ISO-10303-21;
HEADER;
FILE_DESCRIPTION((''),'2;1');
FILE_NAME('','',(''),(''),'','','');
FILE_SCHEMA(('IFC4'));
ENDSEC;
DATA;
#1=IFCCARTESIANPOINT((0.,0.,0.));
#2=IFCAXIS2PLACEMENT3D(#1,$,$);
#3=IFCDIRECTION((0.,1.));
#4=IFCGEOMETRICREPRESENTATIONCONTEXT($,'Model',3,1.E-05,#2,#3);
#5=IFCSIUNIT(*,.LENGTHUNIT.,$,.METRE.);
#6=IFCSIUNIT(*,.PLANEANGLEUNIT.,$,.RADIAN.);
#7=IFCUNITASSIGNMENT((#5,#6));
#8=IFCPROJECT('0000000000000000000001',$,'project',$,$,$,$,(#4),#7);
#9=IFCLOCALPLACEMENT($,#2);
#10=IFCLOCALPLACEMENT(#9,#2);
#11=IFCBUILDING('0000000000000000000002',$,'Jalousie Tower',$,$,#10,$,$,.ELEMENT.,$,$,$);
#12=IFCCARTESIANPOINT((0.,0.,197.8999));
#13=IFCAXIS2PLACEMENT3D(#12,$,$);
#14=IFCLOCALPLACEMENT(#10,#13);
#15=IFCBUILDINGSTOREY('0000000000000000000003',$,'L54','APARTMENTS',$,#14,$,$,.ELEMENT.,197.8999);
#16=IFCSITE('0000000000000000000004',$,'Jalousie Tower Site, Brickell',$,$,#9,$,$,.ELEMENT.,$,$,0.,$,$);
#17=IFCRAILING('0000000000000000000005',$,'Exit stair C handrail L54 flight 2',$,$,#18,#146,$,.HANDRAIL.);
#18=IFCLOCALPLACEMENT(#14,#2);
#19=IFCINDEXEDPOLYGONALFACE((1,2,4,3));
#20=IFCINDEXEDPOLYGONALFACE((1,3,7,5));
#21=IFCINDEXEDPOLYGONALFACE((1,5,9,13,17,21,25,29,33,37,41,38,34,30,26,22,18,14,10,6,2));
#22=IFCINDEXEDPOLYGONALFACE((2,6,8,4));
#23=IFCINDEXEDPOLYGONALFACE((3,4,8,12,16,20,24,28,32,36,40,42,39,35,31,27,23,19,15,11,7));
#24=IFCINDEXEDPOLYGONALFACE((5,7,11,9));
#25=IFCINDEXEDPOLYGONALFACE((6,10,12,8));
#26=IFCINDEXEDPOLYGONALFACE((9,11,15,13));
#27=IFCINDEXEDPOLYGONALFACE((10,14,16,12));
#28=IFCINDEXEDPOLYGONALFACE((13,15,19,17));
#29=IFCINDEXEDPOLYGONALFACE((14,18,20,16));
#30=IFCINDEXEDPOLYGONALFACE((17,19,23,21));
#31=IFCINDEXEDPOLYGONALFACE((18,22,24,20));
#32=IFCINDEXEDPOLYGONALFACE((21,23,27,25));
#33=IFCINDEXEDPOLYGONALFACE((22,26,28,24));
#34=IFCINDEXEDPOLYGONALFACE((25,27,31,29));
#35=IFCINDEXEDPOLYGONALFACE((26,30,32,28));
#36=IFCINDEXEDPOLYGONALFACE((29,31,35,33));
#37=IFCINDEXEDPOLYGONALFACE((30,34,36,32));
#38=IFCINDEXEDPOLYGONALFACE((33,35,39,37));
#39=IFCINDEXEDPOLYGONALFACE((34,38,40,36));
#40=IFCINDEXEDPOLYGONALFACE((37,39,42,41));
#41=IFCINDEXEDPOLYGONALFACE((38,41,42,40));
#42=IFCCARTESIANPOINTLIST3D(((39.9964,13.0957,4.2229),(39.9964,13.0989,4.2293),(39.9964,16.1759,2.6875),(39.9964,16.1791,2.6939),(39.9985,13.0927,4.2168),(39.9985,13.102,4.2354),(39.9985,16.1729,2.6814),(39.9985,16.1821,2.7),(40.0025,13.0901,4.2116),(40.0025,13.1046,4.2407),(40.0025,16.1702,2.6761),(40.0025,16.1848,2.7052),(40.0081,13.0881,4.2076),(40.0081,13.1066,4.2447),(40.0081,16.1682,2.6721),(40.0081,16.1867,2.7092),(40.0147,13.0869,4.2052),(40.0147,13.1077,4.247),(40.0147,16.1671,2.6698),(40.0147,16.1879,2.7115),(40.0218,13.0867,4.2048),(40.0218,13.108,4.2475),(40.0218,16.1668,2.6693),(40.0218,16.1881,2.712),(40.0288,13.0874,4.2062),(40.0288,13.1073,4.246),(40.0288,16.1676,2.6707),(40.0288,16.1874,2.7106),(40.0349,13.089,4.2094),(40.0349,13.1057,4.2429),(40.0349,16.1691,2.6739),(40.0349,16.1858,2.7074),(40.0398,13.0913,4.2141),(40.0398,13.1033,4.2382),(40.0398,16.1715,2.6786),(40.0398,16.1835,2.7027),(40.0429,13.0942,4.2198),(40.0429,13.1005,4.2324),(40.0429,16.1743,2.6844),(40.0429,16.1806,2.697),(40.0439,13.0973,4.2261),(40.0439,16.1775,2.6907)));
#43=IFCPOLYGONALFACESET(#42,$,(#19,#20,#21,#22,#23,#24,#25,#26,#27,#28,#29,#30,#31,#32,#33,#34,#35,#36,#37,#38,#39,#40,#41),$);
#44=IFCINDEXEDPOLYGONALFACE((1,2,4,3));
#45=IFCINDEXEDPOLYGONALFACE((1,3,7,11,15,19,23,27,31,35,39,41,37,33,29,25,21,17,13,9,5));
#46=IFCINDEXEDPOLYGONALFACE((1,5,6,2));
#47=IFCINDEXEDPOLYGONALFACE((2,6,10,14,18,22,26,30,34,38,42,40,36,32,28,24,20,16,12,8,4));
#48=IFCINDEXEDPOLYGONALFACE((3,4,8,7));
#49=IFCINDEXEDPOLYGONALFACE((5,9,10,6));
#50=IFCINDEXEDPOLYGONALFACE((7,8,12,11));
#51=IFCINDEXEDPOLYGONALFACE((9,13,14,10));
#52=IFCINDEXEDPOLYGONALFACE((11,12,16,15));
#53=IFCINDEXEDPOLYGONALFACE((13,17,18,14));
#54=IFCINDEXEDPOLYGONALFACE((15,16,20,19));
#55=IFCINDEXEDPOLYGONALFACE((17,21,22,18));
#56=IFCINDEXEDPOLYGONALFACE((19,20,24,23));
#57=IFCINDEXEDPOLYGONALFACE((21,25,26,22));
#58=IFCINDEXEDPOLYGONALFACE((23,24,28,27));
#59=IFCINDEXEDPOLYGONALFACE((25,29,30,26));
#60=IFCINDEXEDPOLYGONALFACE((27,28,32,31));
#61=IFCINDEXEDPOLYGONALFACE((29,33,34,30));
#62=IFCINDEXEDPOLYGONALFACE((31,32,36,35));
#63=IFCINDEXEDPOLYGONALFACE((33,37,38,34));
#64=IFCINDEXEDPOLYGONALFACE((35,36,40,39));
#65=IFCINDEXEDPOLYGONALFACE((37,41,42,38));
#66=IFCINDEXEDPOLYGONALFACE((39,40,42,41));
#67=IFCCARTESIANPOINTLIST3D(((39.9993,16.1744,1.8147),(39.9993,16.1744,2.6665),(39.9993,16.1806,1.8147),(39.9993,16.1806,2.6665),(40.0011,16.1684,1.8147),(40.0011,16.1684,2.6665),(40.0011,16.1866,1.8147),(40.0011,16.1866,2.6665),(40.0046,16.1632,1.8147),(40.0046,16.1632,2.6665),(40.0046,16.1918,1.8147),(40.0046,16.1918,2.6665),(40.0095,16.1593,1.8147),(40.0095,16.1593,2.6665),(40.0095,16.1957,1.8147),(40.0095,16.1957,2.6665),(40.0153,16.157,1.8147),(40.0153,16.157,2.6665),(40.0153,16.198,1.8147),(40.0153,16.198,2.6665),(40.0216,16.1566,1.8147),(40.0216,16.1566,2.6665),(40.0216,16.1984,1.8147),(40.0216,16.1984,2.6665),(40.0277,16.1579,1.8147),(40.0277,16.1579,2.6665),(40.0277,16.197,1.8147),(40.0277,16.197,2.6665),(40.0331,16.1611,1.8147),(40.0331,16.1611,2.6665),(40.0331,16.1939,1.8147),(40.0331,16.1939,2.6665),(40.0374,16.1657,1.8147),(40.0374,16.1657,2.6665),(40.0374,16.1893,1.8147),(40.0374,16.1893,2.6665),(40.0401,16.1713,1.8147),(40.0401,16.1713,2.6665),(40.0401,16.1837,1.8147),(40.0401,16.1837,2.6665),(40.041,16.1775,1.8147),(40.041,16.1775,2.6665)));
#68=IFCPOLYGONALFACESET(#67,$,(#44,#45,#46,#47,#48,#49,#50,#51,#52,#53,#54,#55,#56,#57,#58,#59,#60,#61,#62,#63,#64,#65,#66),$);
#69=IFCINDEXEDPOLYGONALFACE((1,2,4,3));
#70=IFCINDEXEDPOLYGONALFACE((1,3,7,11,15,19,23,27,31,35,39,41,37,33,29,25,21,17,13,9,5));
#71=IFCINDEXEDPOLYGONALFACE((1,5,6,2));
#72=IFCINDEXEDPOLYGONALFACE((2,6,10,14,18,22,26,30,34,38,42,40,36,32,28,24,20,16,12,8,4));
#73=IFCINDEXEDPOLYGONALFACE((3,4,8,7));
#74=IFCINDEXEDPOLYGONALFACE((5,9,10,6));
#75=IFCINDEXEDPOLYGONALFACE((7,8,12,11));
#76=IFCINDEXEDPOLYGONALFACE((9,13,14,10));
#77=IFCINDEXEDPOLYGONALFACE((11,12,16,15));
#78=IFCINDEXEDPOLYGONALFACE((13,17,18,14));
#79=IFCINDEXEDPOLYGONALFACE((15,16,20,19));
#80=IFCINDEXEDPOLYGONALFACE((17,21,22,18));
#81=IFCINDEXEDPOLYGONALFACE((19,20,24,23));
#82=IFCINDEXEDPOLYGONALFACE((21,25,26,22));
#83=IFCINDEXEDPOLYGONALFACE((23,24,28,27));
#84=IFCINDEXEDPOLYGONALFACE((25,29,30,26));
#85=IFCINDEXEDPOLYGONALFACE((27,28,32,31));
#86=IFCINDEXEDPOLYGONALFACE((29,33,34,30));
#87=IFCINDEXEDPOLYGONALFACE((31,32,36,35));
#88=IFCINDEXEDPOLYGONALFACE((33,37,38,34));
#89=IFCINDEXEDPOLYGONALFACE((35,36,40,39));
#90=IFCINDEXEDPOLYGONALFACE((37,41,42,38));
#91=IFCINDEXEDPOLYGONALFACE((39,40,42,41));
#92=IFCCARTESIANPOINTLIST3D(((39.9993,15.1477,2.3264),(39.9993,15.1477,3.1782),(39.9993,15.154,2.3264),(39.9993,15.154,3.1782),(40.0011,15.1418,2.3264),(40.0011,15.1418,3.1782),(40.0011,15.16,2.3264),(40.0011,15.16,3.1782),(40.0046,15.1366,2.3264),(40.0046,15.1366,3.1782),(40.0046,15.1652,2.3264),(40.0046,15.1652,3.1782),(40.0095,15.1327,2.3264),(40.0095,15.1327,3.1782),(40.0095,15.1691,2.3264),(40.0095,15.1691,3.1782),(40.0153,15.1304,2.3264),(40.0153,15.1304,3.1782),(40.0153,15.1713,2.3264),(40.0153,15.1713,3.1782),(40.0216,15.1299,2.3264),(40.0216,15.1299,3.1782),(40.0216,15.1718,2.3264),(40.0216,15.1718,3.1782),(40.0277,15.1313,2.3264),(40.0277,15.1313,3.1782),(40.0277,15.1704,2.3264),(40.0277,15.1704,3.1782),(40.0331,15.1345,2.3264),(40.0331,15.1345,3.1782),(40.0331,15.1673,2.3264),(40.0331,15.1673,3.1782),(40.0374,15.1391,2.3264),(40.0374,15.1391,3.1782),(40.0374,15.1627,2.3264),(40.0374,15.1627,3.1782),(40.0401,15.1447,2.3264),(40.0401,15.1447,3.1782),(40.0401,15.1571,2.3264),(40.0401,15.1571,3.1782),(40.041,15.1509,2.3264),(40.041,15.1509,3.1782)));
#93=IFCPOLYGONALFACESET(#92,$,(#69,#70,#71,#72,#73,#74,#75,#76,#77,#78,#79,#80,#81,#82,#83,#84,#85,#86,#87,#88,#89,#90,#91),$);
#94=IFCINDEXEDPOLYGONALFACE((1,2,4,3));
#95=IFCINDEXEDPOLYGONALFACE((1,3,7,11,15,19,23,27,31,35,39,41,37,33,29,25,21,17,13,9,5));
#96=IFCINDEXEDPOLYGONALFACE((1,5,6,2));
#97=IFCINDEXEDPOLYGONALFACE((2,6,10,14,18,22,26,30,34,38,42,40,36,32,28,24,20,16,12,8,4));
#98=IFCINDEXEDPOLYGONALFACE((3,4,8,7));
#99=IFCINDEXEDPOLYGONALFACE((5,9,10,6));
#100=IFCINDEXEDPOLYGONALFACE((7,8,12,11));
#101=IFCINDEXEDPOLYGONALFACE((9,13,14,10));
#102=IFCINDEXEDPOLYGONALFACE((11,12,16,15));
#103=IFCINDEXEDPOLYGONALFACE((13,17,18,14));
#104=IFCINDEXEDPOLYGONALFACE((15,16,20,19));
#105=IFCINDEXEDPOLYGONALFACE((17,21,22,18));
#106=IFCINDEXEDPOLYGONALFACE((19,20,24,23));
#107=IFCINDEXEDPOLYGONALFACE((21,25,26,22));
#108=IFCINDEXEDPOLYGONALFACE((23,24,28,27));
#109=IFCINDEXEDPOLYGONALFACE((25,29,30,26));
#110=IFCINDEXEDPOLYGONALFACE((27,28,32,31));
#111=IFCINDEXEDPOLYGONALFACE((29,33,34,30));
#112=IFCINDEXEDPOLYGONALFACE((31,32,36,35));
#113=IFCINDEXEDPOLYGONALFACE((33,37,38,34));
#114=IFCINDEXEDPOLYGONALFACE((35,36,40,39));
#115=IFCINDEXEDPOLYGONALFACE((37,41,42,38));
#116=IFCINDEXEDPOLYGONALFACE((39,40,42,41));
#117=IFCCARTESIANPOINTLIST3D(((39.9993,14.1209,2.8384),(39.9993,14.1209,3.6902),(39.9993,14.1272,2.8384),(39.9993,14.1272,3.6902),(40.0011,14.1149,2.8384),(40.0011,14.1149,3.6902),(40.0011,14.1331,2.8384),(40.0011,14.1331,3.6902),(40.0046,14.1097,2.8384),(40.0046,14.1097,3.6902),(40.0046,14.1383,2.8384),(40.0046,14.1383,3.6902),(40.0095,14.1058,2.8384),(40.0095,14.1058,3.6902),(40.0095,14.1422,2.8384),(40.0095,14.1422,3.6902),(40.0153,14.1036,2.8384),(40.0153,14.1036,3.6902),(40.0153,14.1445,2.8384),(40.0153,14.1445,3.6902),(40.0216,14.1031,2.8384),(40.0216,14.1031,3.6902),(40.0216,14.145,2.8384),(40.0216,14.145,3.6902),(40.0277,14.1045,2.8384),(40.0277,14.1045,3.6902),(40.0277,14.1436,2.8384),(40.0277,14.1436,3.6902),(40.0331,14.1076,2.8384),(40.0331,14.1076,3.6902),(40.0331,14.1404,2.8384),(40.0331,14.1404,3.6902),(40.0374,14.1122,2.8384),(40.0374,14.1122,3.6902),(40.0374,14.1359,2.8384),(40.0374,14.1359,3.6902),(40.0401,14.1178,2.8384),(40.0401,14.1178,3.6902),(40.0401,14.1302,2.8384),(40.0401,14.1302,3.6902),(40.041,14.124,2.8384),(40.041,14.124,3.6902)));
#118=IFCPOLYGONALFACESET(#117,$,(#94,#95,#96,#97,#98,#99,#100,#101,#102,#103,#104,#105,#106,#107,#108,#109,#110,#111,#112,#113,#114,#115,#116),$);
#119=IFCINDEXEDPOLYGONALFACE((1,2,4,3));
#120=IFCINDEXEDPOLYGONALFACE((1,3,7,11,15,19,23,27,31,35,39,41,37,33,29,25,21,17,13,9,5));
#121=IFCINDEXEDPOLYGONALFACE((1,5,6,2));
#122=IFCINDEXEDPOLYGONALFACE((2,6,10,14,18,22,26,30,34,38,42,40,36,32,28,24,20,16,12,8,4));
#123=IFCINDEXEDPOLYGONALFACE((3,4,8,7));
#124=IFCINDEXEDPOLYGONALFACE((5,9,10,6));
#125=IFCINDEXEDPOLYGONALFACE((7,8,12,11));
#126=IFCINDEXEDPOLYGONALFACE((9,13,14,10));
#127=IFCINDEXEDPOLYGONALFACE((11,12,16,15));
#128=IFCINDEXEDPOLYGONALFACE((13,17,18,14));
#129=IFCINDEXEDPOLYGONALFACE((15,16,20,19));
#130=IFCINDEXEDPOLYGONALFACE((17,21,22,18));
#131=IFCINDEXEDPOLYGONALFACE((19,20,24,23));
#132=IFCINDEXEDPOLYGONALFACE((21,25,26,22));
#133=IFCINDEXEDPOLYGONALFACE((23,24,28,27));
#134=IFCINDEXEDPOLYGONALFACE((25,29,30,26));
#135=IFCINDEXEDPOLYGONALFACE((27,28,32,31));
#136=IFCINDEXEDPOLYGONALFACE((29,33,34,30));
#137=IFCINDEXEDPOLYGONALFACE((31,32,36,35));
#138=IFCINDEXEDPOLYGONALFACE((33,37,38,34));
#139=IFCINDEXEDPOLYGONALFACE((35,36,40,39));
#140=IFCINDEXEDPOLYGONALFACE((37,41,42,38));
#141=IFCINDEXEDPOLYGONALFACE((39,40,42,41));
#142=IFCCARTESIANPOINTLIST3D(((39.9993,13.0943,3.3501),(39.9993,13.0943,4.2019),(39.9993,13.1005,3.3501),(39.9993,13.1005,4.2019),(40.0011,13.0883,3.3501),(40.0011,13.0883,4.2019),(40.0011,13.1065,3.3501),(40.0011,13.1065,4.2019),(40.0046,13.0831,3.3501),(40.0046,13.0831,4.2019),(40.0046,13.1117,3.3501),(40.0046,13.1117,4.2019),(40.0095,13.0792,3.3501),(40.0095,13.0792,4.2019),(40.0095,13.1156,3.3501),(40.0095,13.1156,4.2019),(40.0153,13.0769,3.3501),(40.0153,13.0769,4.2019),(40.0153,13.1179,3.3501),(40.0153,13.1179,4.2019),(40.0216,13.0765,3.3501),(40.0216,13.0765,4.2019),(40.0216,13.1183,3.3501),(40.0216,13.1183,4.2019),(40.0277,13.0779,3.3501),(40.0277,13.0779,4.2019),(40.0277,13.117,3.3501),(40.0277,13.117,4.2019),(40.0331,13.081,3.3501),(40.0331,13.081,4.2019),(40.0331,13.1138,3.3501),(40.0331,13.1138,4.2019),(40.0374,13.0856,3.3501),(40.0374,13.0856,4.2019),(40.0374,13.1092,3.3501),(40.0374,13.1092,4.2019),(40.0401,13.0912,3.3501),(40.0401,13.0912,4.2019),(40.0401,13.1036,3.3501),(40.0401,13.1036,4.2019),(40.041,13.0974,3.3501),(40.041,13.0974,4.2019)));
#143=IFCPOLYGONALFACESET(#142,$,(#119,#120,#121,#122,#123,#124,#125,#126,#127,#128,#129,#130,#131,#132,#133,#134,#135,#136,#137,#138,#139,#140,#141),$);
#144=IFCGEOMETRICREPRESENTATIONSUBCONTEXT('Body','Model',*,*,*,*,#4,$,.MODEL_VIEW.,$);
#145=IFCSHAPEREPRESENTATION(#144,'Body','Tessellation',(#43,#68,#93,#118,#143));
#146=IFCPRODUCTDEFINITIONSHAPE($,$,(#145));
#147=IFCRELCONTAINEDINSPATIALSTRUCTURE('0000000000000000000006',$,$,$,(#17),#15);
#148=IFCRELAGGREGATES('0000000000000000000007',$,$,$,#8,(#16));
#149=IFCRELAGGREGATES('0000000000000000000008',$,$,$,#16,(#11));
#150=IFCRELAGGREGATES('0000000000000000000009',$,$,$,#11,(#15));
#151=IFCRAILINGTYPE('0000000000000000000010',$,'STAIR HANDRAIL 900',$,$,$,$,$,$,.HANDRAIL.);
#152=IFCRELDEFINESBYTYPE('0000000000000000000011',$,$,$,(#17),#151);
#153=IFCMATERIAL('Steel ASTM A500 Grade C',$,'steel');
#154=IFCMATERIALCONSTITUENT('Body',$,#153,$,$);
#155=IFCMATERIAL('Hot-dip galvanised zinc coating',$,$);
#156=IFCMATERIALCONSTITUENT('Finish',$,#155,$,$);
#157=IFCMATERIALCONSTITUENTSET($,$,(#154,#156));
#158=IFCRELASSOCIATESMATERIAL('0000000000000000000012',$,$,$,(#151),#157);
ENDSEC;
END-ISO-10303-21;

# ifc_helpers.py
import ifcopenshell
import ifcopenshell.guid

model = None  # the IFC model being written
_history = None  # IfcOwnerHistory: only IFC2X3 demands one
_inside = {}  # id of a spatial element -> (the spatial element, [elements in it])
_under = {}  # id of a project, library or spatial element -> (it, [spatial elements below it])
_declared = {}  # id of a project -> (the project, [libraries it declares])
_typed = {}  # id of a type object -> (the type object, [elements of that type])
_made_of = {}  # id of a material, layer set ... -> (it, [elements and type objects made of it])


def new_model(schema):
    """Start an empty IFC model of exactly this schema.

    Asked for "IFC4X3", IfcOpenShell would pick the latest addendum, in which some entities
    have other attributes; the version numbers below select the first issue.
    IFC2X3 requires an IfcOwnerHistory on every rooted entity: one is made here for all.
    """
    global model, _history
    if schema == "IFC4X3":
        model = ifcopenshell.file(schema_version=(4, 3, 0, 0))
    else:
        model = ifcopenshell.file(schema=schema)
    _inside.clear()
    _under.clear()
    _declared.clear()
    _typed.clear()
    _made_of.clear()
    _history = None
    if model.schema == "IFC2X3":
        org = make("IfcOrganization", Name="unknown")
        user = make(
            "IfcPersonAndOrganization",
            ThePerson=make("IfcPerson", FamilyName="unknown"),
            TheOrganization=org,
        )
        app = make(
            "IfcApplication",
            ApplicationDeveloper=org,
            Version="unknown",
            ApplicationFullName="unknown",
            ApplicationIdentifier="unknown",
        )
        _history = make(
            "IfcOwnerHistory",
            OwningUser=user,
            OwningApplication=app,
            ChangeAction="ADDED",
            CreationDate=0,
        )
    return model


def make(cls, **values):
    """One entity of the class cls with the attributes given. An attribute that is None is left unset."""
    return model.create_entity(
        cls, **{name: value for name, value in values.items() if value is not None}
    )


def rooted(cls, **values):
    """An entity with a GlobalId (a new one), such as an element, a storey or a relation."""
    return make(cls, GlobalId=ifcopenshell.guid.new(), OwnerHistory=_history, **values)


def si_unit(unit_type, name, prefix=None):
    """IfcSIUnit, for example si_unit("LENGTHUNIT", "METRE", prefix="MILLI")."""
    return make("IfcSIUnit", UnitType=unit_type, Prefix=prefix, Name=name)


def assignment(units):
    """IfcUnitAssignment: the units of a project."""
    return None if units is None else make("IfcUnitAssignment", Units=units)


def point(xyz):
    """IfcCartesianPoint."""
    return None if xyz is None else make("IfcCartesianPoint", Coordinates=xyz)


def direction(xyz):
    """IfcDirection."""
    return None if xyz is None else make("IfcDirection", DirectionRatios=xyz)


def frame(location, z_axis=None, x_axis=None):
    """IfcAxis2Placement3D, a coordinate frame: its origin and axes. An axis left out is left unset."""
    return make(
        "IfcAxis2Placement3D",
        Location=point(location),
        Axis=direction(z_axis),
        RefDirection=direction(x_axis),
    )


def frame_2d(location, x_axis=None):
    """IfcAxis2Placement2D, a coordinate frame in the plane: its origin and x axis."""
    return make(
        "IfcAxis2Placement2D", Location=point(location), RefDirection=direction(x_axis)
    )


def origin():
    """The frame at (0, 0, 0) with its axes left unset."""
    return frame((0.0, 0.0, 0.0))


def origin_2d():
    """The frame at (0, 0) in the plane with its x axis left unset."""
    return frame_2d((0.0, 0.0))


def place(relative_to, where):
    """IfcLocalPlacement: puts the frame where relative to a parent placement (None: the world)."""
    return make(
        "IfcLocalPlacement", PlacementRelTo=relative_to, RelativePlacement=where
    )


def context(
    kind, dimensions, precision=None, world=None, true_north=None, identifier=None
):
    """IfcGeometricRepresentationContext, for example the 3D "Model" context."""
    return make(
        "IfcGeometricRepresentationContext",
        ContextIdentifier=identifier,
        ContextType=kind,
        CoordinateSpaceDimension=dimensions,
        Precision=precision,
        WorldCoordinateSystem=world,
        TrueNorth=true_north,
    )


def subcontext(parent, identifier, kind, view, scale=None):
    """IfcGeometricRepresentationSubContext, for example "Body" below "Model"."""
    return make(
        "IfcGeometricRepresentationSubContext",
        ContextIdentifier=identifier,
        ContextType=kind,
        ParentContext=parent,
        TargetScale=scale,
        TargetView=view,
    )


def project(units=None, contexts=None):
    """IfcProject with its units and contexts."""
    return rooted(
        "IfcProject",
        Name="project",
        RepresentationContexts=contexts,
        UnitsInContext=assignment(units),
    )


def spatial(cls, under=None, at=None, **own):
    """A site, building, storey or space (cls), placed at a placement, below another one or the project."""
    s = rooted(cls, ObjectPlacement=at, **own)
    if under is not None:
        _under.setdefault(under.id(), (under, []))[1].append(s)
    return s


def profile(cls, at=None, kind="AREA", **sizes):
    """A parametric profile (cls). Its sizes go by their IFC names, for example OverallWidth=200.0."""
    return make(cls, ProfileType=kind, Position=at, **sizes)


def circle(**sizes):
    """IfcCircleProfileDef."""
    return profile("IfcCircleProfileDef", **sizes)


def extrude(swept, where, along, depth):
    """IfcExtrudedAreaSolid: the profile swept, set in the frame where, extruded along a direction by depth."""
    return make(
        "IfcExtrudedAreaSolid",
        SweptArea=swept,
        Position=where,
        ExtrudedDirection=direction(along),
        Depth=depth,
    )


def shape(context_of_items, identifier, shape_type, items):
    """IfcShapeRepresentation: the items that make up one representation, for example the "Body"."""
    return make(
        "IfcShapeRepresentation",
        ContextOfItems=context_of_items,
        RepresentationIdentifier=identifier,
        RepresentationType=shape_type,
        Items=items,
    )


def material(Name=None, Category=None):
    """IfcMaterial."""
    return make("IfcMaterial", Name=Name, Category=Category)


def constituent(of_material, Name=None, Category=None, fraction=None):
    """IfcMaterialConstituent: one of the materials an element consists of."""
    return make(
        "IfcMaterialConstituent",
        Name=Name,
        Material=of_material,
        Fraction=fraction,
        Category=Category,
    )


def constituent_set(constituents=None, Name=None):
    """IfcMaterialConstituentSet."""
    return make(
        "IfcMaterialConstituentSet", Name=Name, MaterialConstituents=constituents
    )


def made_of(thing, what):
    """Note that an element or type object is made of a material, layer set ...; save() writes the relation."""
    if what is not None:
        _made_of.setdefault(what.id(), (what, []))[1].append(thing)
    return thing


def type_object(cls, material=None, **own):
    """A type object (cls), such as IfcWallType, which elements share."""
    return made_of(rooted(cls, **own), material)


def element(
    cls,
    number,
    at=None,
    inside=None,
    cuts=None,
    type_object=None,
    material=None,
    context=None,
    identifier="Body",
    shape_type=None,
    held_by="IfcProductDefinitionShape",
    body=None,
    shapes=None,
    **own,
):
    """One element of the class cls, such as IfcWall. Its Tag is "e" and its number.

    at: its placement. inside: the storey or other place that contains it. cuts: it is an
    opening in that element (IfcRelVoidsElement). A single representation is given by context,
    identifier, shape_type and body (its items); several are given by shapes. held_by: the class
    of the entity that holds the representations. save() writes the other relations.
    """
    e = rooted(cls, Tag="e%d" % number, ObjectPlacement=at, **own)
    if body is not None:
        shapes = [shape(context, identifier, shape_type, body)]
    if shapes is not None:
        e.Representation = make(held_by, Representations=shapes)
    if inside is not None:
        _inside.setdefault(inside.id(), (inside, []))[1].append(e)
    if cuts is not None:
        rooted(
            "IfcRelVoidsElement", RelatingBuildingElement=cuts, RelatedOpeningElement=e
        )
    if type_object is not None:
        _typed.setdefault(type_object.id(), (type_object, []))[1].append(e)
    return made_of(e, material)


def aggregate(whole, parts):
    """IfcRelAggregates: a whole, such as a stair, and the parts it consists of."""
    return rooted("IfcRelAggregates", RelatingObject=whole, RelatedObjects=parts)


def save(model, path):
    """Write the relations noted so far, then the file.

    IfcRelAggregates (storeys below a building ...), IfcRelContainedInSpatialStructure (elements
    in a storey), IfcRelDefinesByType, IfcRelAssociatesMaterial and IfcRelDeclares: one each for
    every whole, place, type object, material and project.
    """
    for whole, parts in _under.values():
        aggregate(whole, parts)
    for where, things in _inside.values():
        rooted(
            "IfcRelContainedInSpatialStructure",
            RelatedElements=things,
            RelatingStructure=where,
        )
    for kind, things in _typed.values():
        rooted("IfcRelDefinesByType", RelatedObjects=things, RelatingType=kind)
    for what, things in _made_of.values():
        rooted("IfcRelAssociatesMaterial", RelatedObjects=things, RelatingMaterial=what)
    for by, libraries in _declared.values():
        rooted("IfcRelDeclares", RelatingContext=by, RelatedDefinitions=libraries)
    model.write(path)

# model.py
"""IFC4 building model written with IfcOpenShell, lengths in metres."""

from ifc_helpers import new_model, si_unit, direction, frame, origin, origin_2d, place, context, subcontext, project, spatial, circle, extrude, material, constituent, constituent_set, type_object, element, save


model = new_model("IFC4")

# Units and contexts
model_context = context("Model", 3, precision=1e-05, world=origin(), true_north=direction((0.0, 1.0)))
body_context = subcontext(model_context, "Body", "Model", "MODEL_VIEW")
ifc_project = project(units=[si_unit("LENGTHUNIT", "METRE"), si_unit("PLANEANGLEUNIT", "RADIAN")], contexts=[model_context])

# Site, building, storey
site_placement = place(None, origin())
site = spatial("IfcSite", under=ifc_project, at=site_placement, Name="Jalousie Tower Site, Brickell", CompositionType="ELEMENT", RefElevation=0.0)
building_placement = place(site_placement, origin())
building = spatial("IfcBuilding", under=site, at=building_placement, Name="Jalousie Tower", CompositionType="ELEMENT")
storey_placement = place(building_placement, frame((0.0, 0.0, 197.8999)))
storey = spatial("IfcBuildingStorey", under=building, at=storey_placement, Name="L54", Description="APARTMENTS", CompositionType="ELEMENT", Elevation=197.8999)

# Railing
ifc_material_1 = material(Name="Steel ASTM A500 Grade C", Category="steel")
ifc_constituent_1 = constituent(ifc_material_1, Name="Body")
ifc_material_2 = material(Name="Hot-dip galvanised zinc coating")
ifc_constituent_2 = constituent(ifc_material_2, Name="Finish")
ifc_constituent_set_1 = constituent_set(constituents=[ifc_constituent_1, ifc_constituent_2])
railing_type_1 = type_object("IfcRailingType", Name="STAIR HANDRAIL 900", PredefinedType="HANDRAIL", material=ifc_constituent_set_1)
railing_1_placement = place(storey_placement, frame((40.02, 16.1775, 1.8147)))
element("IfcRailing", 1, at=railing_1_placement, inside=storey, type_object=railing_type_1, Name="Exit stair C handrail L54 flight 2", PredefinedType="HANDRAIL", context=body_context, shape_type="SweptSolid", body=[
    extrude(circle(Radius=0.0239, at=origin_2d()), frame((0.0, 0.0, 0.876), z_axis=(0.0, -0.894966, 0.446135), x_axis=(1.0, 0.0, 0.0)), (0.0, 0.0, 1.0), 3.4417),
    extrude(circle(Radius=0.021, at=origin_2d()), origin(), (0.0, 0.0, 1.0), 0.8518),
    extrude(circle(Radius=0.021, at=origin_2d()), frame((0.0, -1.0266, 0.5117)), (0.0, 0.0, 1.0), 0.8518),
    extrude(circle(Radius=0.021, at=origin_2d()), frame((0.0, -2.0535, 1.0237)), (0.0, 0.0, 1.0), 0.8518),
    extrude(circle(Radius=0.021, at=origin_2d()), frame((0.0, -3.0801, 1.5354)), (0.0, 0.0, 1.0), 0.8518),
])

save(model, "model.ifc")
